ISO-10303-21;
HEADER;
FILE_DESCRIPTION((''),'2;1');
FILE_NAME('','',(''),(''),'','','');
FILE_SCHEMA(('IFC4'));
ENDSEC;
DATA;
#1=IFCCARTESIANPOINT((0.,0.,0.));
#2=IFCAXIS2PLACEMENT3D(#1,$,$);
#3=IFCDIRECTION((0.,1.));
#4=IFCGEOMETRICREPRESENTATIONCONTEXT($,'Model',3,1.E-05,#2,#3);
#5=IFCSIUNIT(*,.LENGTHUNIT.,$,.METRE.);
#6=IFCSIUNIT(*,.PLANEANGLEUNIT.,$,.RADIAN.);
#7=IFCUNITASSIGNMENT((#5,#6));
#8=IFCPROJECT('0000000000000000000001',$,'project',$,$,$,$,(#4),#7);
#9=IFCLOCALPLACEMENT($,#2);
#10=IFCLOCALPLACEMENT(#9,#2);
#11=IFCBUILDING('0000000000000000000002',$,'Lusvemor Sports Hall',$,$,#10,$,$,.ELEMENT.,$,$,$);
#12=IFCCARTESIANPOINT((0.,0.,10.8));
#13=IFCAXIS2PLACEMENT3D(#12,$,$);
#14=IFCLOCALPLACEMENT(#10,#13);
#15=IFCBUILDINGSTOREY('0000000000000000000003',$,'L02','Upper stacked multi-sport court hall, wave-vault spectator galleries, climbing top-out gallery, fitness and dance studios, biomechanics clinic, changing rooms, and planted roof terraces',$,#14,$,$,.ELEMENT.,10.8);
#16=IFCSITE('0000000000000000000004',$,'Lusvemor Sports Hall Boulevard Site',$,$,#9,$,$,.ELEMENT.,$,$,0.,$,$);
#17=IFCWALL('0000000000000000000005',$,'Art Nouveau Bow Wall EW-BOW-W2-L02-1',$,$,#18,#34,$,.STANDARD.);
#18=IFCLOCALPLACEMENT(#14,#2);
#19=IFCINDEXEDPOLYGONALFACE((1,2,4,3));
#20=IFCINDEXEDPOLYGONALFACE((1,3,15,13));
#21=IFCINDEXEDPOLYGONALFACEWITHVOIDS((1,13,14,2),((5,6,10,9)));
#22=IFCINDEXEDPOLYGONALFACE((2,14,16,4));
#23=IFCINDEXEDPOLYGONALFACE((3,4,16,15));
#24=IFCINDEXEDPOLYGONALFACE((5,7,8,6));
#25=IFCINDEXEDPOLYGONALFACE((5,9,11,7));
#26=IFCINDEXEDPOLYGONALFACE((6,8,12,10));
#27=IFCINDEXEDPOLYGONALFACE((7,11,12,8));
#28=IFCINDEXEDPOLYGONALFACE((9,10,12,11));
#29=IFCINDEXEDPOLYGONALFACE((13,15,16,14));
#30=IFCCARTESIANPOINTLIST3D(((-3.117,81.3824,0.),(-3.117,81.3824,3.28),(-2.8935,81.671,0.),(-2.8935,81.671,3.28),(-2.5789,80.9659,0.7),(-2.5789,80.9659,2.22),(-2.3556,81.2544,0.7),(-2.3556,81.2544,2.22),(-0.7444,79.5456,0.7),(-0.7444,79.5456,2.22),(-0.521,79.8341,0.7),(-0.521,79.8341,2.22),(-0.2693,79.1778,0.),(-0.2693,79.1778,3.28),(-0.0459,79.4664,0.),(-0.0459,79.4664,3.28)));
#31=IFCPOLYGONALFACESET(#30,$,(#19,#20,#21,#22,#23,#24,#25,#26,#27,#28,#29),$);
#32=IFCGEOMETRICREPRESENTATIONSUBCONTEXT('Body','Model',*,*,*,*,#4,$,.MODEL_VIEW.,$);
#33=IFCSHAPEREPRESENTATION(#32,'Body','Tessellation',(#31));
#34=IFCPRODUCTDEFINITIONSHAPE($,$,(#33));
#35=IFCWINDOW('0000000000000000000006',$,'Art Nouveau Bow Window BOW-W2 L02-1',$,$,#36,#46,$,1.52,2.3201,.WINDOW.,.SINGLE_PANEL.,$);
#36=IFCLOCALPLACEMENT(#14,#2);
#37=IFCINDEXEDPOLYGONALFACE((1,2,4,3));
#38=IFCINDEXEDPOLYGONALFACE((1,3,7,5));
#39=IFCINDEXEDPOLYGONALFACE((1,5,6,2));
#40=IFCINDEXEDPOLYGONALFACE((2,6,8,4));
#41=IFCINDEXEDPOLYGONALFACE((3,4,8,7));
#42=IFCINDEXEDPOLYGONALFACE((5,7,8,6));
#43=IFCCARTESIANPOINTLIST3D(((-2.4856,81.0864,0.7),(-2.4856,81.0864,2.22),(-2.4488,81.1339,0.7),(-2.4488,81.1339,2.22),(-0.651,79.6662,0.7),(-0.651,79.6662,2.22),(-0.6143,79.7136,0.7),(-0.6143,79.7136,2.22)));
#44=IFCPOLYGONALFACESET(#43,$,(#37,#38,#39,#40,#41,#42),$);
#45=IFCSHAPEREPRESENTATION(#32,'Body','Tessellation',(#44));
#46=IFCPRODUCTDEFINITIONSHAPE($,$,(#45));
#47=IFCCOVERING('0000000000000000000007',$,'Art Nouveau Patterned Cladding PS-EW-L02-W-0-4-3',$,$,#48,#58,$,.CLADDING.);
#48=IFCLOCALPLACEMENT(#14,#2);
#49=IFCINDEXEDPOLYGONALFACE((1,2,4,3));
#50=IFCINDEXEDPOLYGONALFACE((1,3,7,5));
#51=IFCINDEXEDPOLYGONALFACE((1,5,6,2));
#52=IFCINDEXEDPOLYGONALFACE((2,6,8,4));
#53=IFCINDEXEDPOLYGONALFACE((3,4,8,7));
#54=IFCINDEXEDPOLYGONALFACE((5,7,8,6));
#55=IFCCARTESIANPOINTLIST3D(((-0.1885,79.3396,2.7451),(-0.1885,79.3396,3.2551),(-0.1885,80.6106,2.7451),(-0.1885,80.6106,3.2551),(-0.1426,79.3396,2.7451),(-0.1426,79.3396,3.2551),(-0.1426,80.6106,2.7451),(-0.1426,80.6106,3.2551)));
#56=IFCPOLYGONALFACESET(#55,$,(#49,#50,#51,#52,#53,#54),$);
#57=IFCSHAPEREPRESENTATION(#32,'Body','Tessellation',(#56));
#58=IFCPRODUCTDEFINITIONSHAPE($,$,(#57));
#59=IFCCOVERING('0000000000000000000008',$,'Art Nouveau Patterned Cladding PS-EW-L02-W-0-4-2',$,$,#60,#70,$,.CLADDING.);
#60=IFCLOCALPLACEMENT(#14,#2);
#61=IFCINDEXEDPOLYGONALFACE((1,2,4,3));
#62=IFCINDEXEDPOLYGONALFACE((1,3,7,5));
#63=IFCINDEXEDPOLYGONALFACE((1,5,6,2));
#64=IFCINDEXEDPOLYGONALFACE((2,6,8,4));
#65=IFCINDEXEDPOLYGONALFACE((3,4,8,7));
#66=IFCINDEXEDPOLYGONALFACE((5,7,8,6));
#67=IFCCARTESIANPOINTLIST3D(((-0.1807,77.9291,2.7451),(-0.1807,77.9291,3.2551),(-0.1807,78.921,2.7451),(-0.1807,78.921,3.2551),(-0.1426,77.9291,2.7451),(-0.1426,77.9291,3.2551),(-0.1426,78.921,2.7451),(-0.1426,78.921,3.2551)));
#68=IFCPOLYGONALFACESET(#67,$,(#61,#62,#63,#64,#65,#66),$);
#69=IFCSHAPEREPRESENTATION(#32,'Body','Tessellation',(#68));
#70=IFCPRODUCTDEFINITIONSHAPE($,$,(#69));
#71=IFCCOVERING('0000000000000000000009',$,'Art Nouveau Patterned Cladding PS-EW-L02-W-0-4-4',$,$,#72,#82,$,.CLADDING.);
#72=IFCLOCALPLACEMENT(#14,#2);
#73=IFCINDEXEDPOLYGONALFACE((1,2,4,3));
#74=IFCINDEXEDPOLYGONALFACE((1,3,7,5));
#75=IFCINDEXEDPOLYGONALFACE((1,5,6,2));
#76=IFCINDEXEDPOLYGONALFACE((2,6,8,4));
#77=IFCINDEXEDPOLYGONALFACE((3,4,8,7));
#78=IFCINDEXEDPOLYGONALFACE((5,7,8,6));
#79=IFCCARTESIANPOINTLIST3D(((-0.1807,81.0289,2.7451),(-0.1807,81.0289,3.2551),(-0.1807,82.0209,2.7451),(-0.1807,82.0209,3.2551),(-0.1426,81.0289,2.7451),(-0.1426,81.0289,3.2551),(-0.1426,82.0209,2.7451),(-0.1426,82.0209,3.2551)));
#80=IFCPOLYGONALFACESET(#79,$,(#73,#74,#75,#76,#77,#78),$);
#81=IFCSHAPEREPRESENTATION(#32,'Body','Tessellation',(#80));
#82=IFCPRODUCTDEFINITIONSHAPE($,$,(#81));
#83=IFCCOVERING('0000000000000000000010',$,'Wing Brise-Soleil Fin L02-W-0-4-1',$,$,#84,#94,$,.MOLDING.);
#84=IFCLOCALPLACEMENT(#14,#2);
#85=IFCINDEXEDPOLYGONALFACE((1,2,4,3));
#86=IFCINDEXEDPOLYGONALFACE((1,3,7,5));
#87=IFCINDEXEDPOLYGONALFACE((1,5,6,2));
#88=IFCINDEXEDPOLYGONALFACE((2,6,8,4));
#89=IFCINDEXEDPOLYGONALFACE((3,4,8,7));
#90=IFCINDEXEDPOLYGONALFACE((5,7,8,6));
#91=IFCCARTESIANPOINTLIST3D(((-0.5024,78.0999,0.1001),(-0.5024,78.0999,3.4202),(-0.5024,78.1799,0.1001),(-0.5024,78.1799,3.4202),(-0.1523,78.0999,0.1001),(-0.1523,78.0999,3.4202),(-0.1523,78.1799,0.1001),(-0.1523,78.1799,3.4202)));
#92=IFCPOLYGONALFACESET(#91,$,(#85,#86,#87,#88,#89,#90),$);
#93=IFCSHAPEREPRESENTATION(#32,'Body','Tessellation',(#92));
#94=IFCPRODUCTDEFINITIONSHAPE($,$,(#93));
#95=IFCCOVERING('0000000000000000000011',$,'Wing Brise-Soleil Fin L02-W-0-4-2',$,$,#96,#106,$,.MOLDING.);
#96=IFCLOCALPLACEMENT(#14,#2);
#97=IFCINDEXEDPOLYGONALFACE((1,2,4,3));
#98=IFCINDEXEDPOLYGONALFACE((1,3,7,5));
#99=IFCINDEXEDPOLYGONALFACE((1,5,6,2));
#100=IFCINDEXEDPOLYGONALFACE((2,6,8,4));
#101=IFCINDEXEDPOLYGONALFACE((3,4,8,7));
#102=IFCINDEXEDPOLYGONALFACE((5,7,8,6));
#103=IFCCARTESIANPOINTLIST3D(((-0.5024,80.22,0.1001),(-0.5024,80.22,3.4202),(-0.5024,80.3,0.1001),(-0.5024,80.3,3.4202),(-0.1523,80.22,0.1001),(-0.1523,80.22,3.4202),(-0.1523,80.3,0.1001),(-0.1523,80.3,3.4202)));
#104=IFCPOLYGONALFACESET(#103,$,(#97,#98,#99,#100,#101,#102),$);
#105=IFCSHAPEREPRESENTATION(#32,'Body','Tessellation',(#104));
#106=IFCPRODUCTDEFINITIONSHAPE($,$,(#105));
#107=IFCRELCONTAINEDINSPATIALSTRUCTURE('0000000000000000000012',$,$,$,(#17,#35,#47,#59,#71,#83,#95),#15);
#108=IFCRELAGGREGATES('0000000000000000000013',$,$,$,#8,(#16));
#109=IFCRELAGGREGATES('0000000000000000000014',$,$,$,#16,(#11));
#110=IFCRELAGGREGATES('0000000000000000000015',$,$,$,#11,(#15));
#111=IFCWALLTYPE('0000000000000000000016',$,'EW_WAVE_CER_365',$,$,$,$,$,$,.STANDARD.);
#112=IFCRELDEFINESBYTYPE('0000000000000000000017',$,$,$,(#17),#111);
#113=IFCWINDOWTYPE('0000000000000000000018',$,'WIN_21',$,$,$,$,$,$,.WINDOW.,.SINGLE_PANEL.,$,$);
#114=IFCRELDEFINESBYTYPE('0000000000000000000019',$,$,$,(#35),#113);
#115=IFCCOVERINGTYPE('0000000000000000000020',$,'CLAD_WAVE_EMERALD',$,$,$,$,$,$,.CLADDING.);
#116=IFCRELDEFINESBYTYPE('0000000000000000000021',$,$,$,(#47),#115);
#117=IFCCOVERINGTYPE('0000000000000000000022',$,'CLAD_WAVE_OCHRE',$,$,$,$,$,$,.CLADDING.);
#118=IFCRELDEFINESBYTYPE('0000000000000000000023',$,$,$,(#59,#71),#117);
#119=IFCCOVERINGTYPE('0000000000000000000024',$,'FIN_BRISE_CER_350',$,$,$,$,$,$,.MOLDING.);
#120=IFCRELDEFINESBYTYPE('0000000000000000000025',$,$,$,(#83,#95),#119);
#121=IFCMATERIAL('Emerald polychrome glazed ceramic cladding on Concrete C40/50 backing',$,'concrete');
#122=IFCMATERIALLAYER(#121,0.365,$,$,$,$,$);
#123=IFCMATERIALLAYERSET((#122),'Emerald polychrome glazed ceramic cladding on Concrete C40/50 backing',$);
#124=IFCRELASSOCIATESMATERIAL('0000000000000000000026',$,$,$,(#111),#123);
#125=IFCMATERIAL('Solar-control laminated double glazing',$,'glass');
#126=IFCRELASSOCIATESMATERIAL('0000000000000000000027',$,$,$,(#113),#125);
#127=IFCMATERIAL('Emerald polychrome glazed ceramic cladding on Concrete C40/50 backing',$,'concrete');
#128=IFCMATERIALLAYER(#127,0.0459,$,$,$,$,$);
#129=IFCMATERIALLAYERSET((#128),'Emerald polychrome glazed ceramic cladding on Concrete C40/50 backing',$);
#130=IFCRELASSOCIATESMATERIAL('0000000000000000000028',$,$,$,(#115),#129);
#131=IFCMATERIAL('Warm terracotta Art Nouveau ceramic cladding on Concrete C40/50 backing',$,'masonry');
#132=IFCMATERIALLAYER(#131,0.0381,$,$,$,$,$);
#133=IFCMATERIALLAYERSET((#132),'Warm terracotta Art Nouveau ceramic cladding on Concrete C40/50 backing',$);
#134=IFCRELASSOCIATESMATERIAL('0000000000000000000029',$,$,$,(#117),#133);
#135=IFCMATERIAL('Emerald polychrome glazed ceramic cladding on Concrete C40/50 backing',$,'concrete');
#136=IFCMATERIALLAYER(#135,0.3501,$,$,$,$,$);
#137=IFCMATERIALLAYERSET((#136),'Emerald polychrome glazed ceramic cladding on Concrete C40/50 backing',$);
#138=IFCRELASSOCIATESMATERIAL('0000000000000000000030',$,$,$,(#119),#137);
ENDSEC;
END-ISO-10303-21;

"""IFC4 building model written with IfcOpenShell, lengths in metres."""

from ifc_helpers import new_model, si_unit, direction, frame, frame_2d, origin, origin_2d, place, context, subcontext, project, spatial, rectangle, extrude, material, layer, layer_set, type_object, element, fill, save


model = new_model("IFC4")

# Units and contexts
model_context = context("Model", 3, precision=1e-05, world=origin(), true_north=direction((0.0, 1.0)))
body_context = subcontext(model_context, "Body", "Model", "MODEL_VIEW")
ifc_project = project(units=[si_unit("LENGTHUNIT", "METRE"), si_unit("PLANEANGLEUNIT", "RADIAN")], contexts=[model_context])

# Site, building, storey
site_placement = place(None, origin())
site = spatial("IfcSite", under=ifc_project, at=site_placement, Name="Lusvemor Sports Hall Boulevard Site", CompositionType="ELEMENT", RefElevation=0.0)
building_placement = place(site_placement, origin())
building = spatial("IfcBuilding", under=site, at=building_placement, Name="Lusvemor Sports Hall", CompositionType="ELEMENT")
storey_placement = place(building_placement, frame((0.0, 0.0, 10.8)))
storey = spatial("IfcBuildingStorey", under=building, at=storey_placement, Name="L02", Description="Upper stacked multi-sport court hall, wave-vault spectator galleries, climbing top-out gallery, fitness and dance studios, biomechanics clinic, changing rooms, and planted roof terraces", CompositionType="ELEMENT", Elevation=10.8)

# Wall, opening, window
ifc_material_1 = material(Name="Emerald polychrome glazed ceramic cladding on Concrete C40/50 backing", Category="concrete")
ifc_layer_1 = layer(ifc_material_1, 0.365)
ifc_layer_set_1 = layer_set([ifc_layer_1], Name="Emerald polychrome glazed ceramic cladding on Concrete C40/50 backing")
wall_type = type_object("IfcWallType", Name="EW_WAVE_CER_365", PredefinedType="STANDARD", material=ifc_layer_set_1)
wall_placement = place(storey_placement, frame((-0.1575, 79.322, 0.0), z_axis=(0.0, 0.0, 1.0), x_axis=(-0.79073, 0.612165, 0.0)))
wall = element("IfcWall", 1, at=wall_placement, inside=storey, type_object=wall_type, Name="Art Nouveau Bow Wall EW-BOW-W2-L02-1", PredefinedType="STANDARD", context=body_context, shape_type="SweptSolid", body=[
    extrude(rectangle(XDim=3.6013, YDim=0.365, at=frame_2d((1.8008, 0.0))), origin(), (0.0, 0.0, 1.0), 3.28),
])
opening_placement = place(wall_placement, frame((0.6008, 0.0, 0.7)))
opening = element("IfcOpeningElement", 2, at=opening_placement, cuts=wall, PredefinedType="OPENING", context=body_context, shape_type="SweptSolid", body=[
    extrude(rectangle(XDim=2.3201, YDim=1.52, at=frame_2d((1.1602, 0.76))), frame((0.0, 0.1826, 0.0), z_axis=(0.0, -1.0, 0.0), x_axis=(1.0, 0.0, 0.0)), (0.0, 0.0, 1.0), 0.365),
])
ifc_material_2 = material(Name="Solar-control laminated double glazing", Category="glass")
window_type = type_object("IfcWindowType", Name="WIN_21", PartitioningType="SINGLE_PANEL", PredefinedType="WINDOW", material=ifc_material_2)
window_placement = place(opening_placement, origin())
window = element("IfcWindow", 3, at=window_placement, inside=storey, type_object=window_type, Name="Art Nouveau Bow Window BOW-W2 L02-1", OverallHeight=1.52, OverallWidth=2.3201, PartitioningType="SINGLE_PANEL", PredefinedType="WINDOW", context=body_context, shape_type="SweptSolid", body=[
    extrude(rectangle(XDim=2.3201, YDim=1.52, at=frame_2d((1.1602, 0.76))), frame((0.0, 0.03, 0.0), z_axis=(0.0, -1.0, 0.0), x_axis=(1.0, 0.0, 0.0)), (0.0, 0.0, 1.0), 0.0601),
])
fill(opening, window)

# Coverings
ifc_material_3 = material(Name="Emerald polychrome glazed ceramic cladding on Concrete C40/50 backing", Category="concrete")
ifc_layer_2 = layer(ifc_material_3, 0.0459)
ifc_layer_set_2 = layer_set([ifc_layer_2], Name="Emerald polychrome glazed ceramic cladding on Concrete C40/50 backing")
covering_type_1 = type_object("IfcCoveringType", Name="CLAD_WAVE_EMERALD", PredefinedType="CLADDING", material=ifc_layer_set_2)
covering_placement = place(storey_placement, frame((-0.1655, 79.9751, 2.7451), z_axis=(0.0, 0.0, 1.0), x_axis=(1.0, 0.0, 0.0)))
element("IfcCovering", 4, at=covering_placement, inside=storey, type_object=covering_type_1, Name="Art Nouveau Patterned Cladding PS-EW-L02-W-0-4-3", PredefinedType="CLADDING", context=body_context, shape_type="SweptSolid", body=[
    extrude(rectangle(XDim=0.0459, YDim=1.271, at=origin_2d()), origin(), (0.0, 0.0, 1.0), 0.51),
])
ifc_material_4 = material(Name="Warm terracotta Art Nouveau ceramic cladding on Concrete C40/50 backing", Category="masonry")
ifc_layer_3 = layer(ifc_material_4, 0.0381)
ifc_layer_set_3 = layer_set([ifc_layer_3], Name="Warm terracotta Art Nouveau ceramic cladding on Concrete C40/50 backing")
covering_type_2 = type_object("IfcCoveringType", Name="CLAD_WAVE_OCHRE", PredefinedType="CLADDING", material=ifc_layer_set_3)
for number, where, z_axis, x_axis, name in (
    (5, (-0.1616, 78.425, 2.7451), (0.0, 0.0, 1.0), (1.0, 0.0, 0.0), "Art Nouveau Patterned Cladding PS-EW-L02-W-0-4-2"),
    (6, (-0.1616, 81.5249, 2.7451), (0.0, 0.0, 1.0), (1.0, 0.0, 0.0), "Art Nouveau Patterned Cladding PS-EW-L02-W-0-4-4"),
):
    element("IfcCovering", number, at=place(storey_placement, frame(where, z_axis=z_axis, x_axis=x_axis)), inside=storey, type_object=covering_type_2, Name=name, PredefinedType="CLADDING", context=body_context, shape_type="SweptSolid", body=[
        extrude(rectangle(XDim=0.0381, YDim=0.9919, at=origin_2d()), origin(), (0.0, 0.0, 1.0), 0.51),
    ])
ifc_material_5 = material(Name="Emerald polychrome glazed ceramic cladding on Concrete C40/50 backing", Category="concrete")
ifc_layer_4 = layer(ifc_material_5, 0.3501)
ifc_layer_set_4 = layer_set([ifc_layer_4], Name="Emerald polychrome glazed ceramic cladding on Concrete C40/50 backing")
covering_type_3 = type_object("IfcCoveringType", Name="FIN_BRISE_CER_350", PredefinedType="MOLDING", material=ifc_layer_set_4)
for number, where, z_axis, x_axis, name in (
    (7, (-0.3274, 78.1399, 0.1001), (0.0, 0.0, 1.0), (1.0, 0.0, 0.0), "Wing Brise-Soleil Fin L02-W-0-4-1"),
    (8, (-0.3274, 80.26, 0.1001), (0.0, 0.0, 1.0), (1.0, 0.0, 0.0), "Wing Brise-Soleil Fin L02-W-0-4-2"),
):
    element("IfcCovering", number, at=place(storey_placement, frame(where, z_axis=z_axis, x_axis=x_axis)), inside=storey, type_object=covering_type_3, Name=name, PredefinedType="MOLDING", context=body_context, shape_type="SweptSolid", body=[
        extrude(rectangle(XDim=0.3501, YDim=0.0801, at=origin_2d()), origin(), (0.0, 0.0, 1.0), 3.3201),
    ])

save(model, "model.ifc")
